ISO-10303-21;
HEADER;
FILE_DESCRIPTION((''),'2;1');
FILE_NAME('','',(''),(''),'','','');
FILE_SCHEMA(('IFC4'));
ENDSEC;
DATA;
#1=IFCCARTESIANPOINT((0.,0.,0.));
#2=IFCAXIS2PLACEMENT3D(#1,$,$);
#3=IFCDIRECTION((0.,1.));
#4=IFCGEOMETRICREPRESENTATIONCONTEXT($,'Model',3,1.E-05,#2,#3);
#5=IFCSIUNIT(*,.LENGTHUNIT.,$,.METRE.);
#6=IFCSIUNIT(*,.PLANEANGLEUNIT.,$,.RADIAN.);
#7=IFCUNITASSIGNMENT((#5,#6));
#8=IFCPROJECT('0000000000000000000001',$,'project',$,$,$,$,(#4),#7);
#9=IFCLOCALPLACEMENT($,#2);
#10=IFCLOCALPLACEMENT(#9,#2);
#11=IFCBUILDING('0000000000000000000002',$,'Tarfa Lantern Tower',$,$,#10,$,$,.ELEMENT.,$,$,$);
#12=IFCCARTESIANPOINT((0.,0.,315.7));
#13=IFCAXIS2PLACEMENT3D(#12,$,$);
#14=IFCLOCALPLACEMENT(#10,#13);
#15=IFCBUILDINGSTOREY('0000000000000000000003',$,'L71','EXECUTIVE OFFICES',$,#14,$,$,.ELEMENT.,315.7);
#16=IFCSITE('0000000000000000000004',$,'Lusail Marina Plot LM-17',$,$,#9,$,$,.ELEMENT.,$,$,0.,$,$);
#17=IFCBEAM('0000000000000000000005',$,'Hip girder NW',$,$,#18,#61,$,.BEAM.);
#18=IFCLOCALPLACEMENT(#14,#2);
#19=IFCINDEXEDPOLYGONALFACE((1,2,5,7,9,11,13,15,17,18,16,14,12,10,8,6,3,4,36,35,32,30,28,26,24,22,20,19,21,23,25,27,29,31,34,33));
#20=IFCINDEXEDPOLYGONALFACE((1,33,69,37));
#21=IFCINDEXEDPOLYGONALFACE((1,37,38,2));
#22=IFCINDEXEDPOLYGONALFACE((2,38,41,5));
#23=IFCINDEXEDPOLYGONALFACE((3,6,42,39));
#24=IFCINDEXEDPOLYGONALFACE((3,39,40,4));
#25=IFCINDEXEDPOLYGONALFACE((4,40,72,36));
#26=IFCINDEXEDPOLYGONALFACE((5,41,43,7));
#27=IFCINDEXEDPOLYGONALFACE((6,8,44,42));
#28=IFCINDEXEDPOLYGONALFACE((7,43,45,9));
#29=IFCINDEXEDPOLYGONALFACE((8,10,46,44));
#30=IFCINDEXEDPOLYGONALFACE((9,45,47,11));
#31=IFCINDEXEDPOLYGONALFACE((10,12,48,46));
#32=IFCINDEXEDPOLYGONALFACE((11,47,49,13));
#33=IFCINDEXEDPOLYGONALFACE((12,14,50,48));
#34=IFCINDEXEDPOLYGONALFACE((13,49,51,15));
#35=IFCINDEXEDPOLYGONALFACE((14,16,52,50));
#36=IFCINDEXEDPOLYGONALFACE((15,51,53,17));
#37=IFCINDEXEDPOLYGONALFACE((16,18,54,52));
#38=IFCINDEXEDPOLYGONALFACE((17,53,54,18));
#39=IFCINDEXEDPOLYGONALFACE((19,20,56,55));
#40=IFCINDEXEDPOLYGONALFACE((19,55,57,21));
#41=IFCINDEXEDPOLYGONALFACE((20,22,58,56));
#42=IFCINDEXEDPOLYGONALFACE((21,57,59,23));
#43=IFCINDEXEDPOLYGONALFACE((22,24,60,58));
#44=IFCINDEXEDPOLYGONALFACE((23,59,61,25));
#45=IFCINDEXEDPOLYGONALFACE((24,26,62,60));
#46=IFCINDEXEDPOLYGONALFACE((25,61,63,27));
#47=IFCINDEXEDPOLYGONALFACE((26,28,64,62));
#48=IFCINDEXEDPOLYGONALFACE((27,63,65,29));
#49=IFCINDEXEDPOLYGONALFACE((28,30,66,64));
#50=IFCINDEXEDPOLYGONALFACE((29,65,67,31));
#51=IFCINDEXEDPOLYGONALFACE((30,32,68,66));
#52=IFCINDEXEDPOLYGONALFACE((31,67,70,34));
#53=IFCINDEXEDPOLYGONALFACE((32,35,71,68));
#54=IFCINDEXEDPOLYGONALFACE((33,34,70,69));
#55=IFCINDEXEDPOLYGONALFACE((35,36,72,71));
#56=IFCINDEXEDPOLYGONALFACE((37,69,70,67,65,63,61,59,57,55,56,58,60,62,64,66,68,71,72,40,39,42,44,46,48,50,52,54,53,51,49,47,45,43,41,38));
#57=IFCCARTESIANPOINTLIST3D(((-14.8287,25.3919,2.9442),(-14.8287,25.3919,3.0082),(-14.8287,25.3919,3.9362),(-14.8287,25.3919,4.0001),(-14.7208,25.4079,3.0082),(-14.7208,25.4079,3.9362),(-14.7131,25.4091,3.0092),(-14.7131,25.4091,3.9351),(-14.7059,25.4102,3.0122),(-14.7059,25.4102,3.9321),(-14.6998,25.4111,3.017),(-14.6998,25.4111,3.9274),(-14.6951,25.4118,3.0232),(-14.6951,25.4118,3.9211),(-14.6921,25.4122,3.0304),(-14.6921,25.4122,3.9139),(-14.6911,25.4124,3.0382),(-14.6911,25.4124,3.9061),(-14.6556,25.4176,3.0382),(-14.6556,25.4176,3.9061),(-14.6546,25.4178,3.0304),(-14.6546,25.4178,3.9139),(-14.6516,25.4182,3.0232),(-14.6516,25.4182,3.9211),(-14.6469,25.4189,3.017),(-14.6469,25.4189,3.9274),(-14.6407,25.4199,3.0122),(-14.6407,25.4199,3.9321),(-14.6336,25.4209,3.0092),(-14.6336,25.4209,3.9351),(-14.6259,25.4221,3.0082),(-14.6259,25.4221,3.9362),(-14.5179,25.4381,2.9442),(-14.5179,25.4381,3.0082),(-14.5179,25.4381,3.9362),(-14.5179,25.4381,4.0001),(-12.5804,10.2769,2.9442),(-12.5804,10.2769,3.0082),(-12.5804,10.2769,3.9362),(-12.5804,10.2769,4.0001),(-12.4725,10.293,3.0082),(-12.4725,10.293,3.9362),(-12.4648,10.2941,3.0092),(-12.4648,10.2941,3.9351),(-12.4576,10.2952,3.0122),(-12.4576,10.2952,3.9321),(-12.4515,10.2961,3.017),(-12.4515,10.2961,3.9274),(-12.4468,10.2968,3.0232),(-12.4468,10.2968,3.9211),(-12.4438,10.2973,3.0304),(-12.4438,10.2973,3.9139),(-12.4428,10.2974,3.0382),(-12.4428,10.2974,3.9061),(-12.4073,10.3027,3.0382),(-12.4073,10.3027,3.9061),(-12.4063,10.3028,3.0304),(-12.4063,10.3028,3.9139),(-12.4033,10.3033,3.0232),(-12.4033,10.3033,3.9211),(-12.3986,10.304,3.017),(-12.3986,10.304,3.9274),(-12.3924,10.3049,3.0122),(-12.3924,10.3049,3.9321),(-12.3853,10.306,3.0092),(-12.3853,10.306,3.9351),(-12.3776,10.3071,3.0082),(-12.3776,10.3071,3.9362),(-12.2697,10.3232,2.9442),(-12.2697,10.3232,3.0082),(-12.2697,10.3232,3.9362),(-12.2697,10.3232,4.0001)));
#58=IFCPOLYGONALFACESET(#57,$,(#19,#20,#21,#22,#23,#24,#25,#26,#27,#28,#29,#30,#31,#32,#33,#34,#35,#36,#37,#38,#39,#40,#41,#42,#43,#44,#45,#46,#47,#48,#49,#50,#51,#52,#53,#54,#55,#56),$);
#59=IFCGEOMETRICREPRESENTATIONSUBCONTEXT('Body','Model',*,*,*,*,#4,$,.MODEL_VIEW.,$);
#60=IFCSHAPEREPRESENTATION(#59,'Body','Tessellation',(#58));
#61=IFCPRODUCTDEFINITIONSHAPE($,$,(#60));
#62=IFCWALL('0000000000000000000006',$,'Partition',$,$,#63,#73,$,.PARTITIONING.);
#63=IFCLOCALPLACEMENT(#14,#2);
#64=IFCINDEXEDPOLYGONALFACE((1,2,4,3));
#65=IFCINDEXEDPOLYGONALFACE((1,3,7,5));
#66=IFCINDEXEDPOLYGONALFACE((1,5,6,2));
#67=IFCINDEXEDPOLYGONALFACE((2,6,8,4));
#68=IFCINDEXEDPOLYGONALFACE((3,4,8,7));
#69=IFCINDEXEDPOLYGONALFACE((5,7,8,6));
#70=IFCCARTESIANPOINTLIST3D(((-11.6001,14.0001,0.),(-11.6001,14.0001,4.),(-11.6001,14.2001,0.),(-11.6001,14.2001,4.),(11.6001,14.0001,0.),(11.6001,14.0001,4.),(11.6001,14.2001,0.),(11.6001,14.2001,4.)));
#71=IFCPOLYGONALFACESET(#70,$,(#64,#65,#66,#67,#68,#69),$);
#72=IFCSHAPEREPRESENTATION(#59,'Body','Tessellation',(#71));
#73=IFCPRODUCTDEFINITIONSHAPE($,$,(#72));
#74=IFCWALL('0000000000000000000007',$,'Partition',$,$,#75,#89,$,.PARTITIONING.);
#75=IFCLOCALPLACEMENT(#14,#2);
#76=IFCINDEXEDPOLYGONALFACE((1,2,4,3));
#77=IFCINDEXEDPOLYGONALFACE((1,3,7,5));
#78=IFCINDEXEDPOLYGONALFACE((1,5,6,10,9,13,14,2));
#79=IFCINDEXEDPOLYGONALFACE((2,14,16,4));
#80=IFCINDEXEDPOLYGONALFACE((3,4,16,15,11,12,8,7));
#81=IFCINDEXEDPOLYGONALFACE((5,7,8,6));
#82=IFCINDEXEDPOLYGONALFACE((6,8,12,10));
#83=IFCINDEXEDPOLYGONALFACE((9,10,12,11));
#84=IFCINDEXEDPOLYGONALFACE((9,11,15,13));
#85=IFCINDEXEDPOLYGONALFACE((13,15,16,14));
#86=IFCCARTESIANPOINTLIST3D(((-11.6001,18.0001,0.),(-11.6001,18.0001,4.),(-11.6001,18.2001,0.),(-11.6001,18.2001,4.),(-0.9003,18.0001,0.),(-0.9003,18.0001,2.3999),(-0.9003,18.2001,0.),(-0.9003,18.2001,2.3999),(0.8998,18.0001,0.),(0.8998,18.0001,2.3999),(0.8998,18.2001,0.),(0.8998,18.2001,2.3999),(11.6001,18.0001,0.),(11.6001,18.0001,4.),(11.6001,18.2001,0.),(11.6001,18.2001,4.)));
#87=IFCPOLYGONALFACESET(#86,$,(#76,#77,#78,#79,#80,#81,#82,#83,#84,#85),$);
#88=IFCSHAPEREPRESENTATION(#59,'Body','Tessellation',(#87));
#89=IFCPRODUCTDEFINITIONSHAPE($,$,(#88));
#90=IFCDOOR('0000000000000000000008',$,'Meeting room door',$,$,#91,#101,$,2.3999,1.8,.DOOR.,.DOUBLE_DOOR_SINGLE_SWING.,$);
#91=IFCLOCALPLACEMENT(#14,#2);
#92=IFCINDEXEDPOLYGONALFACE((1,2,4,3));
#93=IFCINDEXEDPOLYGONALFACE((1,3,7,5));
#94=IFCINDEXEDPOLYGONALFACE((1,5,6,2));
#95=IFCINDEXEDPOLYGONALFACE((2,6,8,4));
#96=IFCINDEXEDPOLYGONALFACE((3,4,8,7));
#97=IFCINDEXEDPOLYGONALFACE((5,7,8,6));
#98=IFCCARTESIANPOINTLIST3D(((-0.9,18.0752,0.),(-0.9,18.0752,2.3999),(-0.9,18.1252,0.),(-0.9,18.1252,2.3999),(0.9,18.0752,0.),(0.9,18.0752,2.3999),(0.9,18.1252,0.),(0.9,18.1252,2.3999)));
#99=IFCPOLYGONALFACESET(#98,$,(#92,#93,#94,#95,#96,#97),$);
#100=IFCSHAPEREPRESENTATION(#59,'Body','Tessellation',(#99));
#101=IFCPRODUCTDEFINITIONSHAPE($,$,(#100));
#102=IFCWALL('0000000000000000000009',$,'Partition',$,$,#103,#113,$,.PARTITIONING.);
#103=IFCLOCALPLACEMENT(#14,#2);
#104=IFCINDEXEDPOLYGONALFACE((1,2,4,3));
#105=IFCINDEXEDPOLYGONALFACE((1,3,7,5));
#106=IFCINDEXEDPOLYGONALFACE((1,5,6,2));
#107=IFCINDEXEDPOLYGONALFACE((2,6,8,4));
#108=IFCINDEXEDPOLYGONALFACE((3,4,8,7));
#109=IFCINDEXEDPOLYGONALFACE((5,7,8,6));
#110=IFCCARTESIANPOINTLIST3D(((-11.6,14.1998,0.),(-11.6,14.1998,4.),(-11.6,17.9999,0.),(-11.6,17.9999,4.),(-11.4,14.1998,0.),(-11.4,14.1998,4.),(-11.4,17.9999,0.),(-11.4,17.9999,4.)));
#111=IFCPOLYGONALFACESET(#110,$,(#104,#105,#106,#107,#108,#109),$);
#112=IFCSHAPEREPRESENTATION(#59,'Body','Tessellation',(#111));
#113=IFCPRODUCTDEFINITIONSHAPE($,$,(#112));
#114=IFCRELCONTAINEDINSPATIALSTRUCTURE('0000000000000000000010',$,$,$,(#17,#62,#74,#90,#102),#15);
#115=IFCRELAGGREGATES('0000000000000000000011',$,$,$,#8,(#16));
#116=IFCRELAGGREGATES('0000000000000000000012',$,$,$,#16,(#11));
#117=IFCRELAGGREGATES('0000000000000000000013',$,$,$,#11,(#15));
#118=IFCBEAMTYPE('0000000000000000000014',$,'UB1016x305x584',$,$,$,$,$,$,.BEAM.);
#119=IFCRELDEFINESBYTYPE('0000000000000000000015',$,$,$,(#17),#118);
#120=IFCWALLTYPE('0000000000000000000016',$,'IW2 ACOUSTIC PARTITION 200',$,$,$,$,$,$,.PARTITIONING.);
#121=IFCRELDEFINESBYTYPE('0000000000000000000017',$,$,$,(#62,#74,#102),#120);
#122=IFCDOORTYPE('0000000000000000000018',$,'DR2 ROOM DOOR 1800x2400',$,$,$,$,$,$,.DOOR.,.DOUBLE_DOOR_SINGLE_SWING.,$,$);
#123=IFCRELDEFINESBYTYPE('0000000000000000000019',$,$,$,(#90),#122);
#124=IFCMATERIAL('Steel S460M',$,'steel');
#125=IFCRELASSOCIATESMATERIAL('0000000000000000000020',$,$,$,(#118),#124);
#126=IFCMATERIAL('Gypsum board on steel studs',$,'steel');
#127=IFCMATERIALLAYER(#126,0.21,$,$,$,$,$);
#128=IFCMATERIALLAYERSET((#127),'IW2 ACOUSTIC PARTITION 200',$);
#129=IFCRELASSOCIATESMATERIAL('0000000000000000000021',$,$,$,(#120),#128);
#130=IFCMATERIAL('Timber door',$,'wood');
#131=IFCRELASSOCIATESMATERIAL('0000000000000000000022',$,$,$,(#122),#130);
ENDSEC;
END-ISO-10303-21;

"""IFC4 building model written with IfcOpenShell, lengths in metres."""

from ifc_helpers import new_model, si_unit, direction, frame, frame_2d, origin, origin_2d, place, context, subcontext, project, spatial, rectangle, i_section, extrude, material, layer, layer_set, material_profile, profile_set, type_object, element, fill, save


model = new_model("IFC4")

# Units and contexts
model_context = context("Model", 3, precision=1e-05, world=origin(), true_north=direction((0.0, 1.0)))
body_context = subcontext(model_context, "Body", "Model", "MODEL_VIEW")
ifc_project = project(units=[si_unit("LENGTHUNIT", "METRE"), si_unit("PLANEANGLEUNIT", "RADIAN")], contexts=[model_context])

# Site, building, storey
site_placement = place(None, origin())
site = spatial("IfcSite", under=ifc_project, at=site_placement, Name="Lusail Marina Plot LM-17", CompositionType="ELEMENT", RefElevation=0.0)
building_placement = place(site_placement, origin())
building = spatial("IfcBuilding", under=site, at=building_placement, Name="Tarfa Lantern Tower", CompositionType="ELEMENT")
storey_placement = place(building_placement, frame((0.0, 0.0, 315.7)))
storey = spatial("IfcBuildingStorey", under=building, at=storey_placement, Name="L71", Description="EXECUTIVE OFFICES", CompositionType="ELEMENT", Elevation=315.7)

# Beam
ifc_material_1 = material(Name="Steel S460M", Category="steel")
ifc_material_profile = material_profile(ifc_material_1, i_section(OverallWidth=0.3142, OverallDepth=1.0559, WebThickness=0.0359, FlangeThickness=0.064, FilletRadius=0.03, at=origin_2d()), Name="UB1016x305x584")
ifc_profile_set = profile_set([ifc_material_profile], Name="Steel S460M")
beam_type = type_object("IfcBeamType", Name="UB1016x305x584", PredefinedType="BEAM", material=ifc_profile_set)
beam_placement = place(storey_placement, frame((-12.425, 10.3, 3.4722), z_axis=(-0.147127, 0.989118, 0.0), x_axis=(-0.989118, -0.147127, 0.0)))
element("IfcBeam", 1, at=beam_placement, inside=storey, type_object=beam_type, Name="Hip girder NW", PredefinedType="BEAM", context=body_context, shape_type="SweptSolid", body=[
    extrude(i_section(OverallWidth=0.3142, OverallDepth=1.0559, WebThickness=0.0359, FlangeThickness=0.064, FilletRadius=0.03, at=origin_2d()), origin(), (0.0, 0.0, 1.0), 15.2812),
])

# Wall
ifc_material_2 = material(Name="Gypsum board on steel studs", Category="steel")
ifc_layer_1 = layer(ifc_material_2, 0.21)
ifc_layer_set_1 = layer_set([ifc_layer_1], Name="IW2 ACOUSTIC PARTITION 200")
wall_type_1 = type_object("IfcWallType", Name="IW2 ACOUSTIC PARTITION 200", PredefinedType="PARTITIONING", material=ifc_layer_set_1)
wall_1_placement = place(storey_placement, frame((-11.6001, 14.1001, 0.0), z_axis=(0.0, 0.0, 1.0), x_axis=(1.0, 0.0, 0.0)))
element("IfcWall", 2, at=wall_1_placement, inside=storey, type_object=wall_type_1, Name="Partition", PredefinedType="PARTITIONING", context=body_context, shape_type="SweptSolid", body=[
    extrude(rectangle(XDim=23.2002, YDim=0.2, at=frame_2d((11.6001, 0.0))), origin(), (0.0, 0.0, 1.0), 4.0),
])

# Wall, opening, door
wall_2_placement = place(storey_placement, frame((-11.6001, 18.1001, 0.0), z_axis=(0.0, 0.0, 1.0), x_axis=(1.0, 0.0, 0.0)))
wall_2 = element("IfcWall", 3, at=wall_2_placement, inside=storey, type_object=wall_type_1, Name="Partition", PredefinedType="PARTITIONING", context=body_context, shape_type="SweptSolid", body=[
    extrude(rectangle(XDim=23.2002, YDim=0.2, at=frame_2d((11.6001, 0.0))), origin(), (0.0, 0.0, 1.0), 4.0),
])
opening_1_placement = place(wall_2_placement, frame((10.7, 0.0, 0.0)))
opening_1 = element("IfcOpeningElement", 4, at=opening_1_placement, cuts=wall_2, PredefinedType="OPENING", context=body_context, shape_type="SweptSolid", body=[
    extrude(rectangle(XDim=1.8, YDim=2.3999, at=frame_2d((0.8999, 1.2))), frame((0.0, 0.1099, 0.0), z_axis=(0.0, -1.0, 0.0), x_axis=(1.0, 0.0, 0.0)), (0.0, 0.0, 1.0), 0.22),
])
ifc_material_3 = material(Name="Timber door", Category="wood")
door_type_1 = type_object("IfcDoorType", Name="DR2 ROOM DOOR 1800x2400", OperationType="DOUBLE_DOOR_SINGLE_SWING", PredefinedType="DOOR", material=ifc_material_3)
door_1_placement = place(opening_1_placement, frame((1.8, 0.0, 0.0), z_axis=(0.0, 0.0, 1.0), x_axis=(-1.0, 0.0, 0.0)))
door_1 = element("IfcDoor", 5, at=door_1_placement, inside=storey, type_object=door_type_1, Name="Meeting room door", OperationType="DOUBLE_DOOR_SINGLE_SWING", OverallHeight=2.3999, OverallWidth=1.8, PredefinedType="DOOR", context=body_context, shape_type="SweptSolid", body=[
    extrude(rectangle(XDim=1.8, YDim=2.3999, at=frame_2d((0.8999, 1.2))), frame((0.0, 0.0249, 0.0), z_axis=(0.0, -1.0, 0.0), x_axis=(1.0, 0.0, 0.0)), (0.0, 0.0, 1.0), 0.05),
])
fill(opening_1, door_1)

# Wall
wall_3_placement = place(storey_placement, frame((-11.5, 14.2, 0.0), z_axis=(0.0, 0.0, 1.0), x_axis=(0.0, 1.0, 0.0)))
element("IfcWall", 6, at=wall_3_placement, inside=storey, type_object=wall_type_1, Name="Partition", PredefinedType="PARTITIONING", context=body_context, shape_type="SweptSolid", body=[
    extrude(rectangle(XDim=3.8, YDim=0.2, at=frame_2d((1.8999, 0.0))), origin(), (0.0, 0.0, 1.0), 4.0),
])

save(model, "model.ifc")
